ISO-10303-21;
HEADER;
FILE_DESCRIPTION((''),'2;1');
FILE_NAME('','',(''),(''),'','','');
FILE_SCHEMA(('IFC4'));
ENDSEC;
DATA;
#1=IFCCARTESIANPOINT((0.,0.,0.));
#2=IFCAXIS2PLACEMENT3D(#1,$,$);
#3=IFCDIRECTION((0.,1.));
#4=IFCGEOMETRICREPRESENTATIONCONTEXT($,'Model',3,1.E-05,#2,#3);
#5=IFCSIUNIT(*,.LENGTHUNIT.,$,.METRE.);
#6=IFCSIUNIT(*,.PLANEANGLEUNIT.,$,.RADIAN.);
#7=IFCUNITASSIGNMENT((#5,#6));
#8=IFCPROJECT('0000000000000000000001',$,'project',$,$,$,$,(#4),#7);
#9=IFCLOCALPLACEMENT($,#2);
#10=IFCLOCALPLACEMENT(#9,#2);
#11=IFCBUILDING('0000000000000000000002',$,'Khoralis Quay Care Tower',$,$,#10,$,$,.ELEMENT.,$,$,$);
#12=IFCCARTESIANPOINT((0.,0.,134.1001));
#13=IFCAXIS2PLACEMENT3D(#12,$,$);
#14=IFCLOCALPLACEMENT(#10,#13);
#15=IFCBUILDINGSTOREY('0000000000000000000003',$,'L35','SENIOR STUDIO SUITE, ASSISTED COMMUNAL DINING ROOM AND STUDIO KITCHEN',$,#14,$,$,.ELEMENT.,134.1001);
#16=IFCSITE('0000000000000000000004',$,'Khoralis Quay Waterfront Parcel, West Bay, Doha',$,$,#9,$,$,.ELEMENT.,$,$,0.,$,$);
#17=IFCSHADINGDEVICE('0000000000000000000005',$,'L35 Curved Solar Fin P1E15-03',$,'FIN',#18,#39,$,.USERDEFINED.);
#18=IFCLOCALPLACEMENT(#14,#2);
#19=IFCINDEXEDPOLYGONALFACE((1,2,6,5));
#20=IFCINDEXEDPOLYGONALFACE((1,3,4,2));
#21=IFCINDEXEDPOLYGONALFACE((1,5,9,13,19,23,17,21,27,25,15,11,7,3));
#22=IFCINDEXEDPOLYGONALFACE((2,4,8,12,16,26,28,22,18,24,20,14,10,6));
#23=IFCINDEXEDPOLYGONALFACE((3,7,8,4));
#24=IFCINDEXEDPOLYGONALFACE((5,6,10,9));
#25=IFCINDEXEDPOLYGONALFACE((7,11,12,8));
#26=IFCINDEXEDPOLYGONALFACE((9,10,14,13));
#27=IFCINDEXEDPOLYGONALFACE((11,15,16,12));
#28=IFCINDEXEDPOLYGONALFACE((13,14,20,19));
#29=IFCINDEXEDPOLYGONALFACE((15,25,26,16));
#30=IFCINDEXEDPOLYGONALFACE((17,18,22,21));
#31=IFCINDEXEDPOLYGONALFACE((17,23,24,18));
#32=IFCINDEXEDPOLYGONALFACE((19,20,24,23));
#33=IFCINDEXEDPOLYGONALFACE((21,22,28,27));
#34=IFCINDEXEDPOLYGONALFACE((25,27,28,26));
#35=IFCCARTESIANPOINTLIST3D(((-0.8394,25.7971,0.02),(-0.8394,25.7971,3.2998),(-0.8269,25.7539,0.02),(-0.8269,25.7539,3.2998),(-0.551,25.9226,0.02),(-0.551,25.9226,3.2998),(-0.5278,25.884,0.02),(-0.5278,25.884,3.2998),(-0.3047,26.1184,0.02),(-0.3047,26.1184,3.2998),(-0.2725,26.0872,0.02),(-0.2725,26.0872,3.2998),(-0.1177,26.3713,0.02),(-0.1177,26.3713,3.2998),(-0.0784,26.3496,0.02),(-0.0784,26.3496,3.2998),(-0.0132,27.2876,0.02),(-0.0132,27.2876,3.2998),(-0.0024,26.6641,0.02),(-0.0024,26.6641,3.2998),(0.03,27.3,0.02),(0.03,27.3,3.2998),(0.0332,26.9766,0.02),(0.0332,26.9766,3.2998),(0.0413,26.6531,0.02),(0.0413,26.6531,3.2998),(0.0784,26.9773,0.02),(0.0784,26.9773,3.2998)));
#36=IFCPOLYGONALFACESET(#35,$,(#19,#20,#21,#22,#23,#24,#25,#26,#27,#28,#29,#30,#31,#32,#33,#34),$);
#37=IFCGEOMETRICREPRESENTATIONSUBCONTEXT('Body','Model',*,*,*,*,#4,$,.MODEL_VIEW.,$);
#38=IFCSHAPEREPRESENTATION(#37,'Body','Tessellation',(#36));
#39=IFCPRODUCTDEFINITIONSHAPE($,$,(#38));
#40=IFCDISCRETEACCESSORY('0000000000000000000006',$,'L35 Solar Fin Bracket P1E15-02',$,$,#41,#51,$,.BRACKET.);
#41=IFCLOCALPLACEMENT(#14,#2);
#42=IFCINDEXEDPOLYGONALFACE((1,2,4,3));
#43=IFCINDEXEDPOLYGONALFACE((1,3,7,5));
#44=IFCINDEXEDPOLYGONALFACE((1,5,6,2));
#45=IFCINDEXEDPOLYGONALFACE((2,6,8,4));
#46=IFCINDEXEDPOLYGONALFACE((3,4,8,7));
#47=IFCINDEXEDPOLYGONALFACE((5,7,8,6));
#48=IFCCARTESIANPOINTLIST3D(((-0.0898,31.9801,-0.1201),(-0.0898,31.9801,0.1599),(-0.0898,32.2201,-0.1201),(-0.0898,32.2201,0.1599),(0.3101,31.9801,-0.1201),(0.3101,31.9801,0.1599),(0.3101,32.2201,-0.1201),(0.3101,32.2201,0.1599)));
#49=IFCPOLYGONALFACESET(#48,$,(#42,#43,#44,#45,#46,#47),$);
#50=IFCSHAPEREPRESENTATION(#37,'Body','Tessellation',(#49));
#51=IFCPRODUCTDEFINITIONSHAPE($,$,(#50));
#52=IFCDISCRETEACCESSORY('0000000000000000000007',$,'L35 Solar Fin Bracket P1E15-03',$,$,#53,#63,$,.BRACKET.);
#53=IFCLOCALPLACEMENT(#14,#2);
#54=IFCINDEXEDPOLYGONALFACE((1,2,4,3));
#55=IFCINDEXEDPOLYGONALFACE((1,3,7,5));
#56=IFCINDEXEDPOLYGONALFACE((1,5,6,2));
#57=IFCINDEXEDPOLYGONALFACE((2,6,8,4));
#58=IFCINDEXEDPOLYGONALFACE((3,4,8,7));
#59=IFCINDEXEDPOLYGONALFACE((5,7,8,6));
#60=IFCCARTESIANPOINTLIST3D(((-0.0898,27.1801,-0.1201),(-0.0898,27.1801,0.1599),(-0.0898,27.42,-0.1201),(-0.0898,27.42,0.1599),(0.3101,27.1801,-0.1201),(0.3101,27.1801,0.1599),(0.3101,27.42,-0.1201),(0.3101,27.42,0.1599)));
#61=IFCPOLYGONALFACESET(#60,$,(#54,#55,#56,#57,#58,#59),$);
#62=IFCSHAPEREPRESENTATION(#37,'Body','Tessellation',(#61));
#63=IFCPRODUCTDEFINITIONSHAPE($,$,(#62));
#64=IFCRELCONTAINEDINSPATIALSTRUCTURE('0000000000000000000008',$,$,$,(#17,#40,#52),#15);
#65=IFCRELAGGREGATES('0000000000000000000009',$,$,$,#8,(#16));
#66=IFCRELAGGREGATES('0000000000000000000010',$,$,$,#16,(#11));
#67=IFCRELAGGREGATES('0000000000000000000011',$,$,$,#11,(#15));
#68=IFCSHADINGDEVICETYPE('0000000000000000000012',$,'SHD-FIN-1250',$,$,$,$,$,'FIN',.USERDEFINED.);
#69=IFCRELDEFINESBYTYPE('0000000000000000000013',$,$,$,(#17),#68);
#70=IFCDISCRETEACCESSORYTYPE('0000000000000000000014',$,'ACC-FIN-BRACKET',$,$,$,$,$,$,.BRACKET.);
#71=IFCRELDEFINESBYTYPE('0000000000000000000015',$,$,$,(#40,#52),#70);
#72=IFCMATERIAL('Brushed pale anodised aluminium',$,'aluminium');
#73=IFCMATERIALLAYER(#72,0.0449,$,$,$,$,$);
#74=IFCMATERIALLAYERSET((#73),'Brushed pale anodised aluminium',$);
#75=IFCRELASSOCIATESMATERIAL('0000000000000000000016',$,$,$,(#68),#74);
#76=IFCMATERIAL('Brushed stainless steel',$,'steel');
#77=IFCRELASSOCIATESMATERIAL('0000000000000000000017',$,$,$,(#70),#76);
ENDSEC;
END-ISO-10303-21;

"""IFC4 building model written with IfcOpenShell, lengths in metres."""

from ifc_helpers import new_model, si_unit, direction, frame, origin, origin_2d, place, context, subcontext, project, spatial, polyline, rectangle, outline, extrude, source, transform, mapped, material, layer, layer_set, type_object, element, save


model = new_model("IFC4")

# Units and contexts
model_context = context("Model", 3, precision=1e-05, world=origin(), true_north=direction((0.0, 1.0)))
body_context = subcontext(model_context, "Body", "Model", "MODEL_VIEW")
ifc_project = project(units=[si_unit("LENGTHUNIT", "METRE"), si_unit("PLANEANGLEUNIT", "RADIAN")], contexts=[model_context])

# Site, building, storey
site_placement = place(None, origin())
site = spatial("IfcSite", under=ifc_project, at=site_placement, Name="Khoralis Quay Waterfront Parcel, West Bay, Doha", CompositionType="ELEMENT", RefElevation=0.0)
building_placement = place(site_placement, origin())
building = spatial("IfcBuilding", under=site, at=building_placement, Name="Khoralis Quay Care Tower", CompositionType="ELEMENT")
storey_placement = place(building_placement, frame((0.0, 0.0, 134.1001)))
storey = spatial("IfcBuildingStorey", under=building, at=storey_placement, Name="L35", Description="SENIOR STUDIO SUITE, ASSISTED COMMUNAL DINING ROOM AND STUDIO KITCHEN", CompositionType="ELEMENT", Elevation=134.1001)

# Shading device
ifc_material_1 = material(Name="Brushed pale anodised aluminium", Category="aluminium")
ifc_layer_1 = layer(ifc_material_1, 0.0449)
ifc_layer_set_1 = layer_set([ifc_layer_1], Name="Brushed pale anodised aluminium")
shading_device_type = type_object("IfcShadingDeviceType", Name="SHD-FIN-1250", ElementType="FIN", PredefinedType="USERDEFINED", material=ifc_layer_set_1)
shared_shape_1 = source(origin(), body_context, "Body", "SweptSolid", [
    extrude(outline(polyline([(0.0, 0.0), (-0.0483, 0.3228), (-0.0112, 0.647), (0.1084, 0.9504), (0.3025, 1.2129), (0.5579, 1.416), (0.8569, 1.5461), (0.8694, 1.5029), (0.5811, 1.3774), (0.3347, 1.1816), (0.1477, 0.9287), (0.0325, 0.636), (-0.0032, 0.3235), (0.0432, 0.0125), (0.0, 0.0)])), origin(), (0.0, 0.0, 1.0), 3.2798),
])
shading_device_1_placement = place(storey_placement, frame((0.03, 27.3, 0.02), z_axis=(0.0, 0.0, 1.0), x_axis=(-1.0, 0.0, 0.0)))
element("IfcShadingDevice", 1, at=shading_device_1_placement, inside=storey, type_object=shading_device_type, Name="L35 Curved Solar Fin P1E15-03", ObjectType="FIN", PredefinedType="USERDEFINED", context=body_context, shape_type="MappedRepresentation", body=[
    mapped(shared_shape_1, transform((0.0, 0.0, 0.0), scale=1.0)),
])

# Discrete accessories
ifc_material_2 = material(Name="Brushed stainless steel", Category="steel")
discrete_accessory_type = type_object("IfcDiscreteAccessoryType", Name="ACC-FIN-BRACKET", PredefinedType="BRACKET", material=ifc_material_2)
shared_shape_2 = source(origin(), body_context, "Body", "SweptSolid", [
    extrude(rectangle(XDim=0.3999, YDim=0.24, at=origin_2d()), origin(), (0.0, 0.0, 1.0), 0.28),
])
for number, where, z_axis, x_axis, name in (
    (2, (0.1101, 32.1001, -0.1201), (0.0, 0.0, 1.0), (-1.0, 0.0, 0.0), "L35 Solar Fin Bracket P1E15-02"),
    (3, (0.1101, 27.3, -0.1201), (0.0, 0.0, 1.0), (-1.0, 0.0, 0.0), "L35 Solar Fin Bracket P1E15-03"),
):
    element("IfcDiscreteAccessory", number, at=place(storey_placement, frame(where, z_axis=z_axis, x_axis=x_axis)), inside=storey, type_object=discrete_accessory_type, Name=name, PredefinedType="BRACKET", context=body_context, shape_type="MappedRepresentation", body=[
        mapped(shared_shape_2, transform((0.0, 0.0, 0.0), scale=1.0)),
    ])

save(model, "model.ifc")
